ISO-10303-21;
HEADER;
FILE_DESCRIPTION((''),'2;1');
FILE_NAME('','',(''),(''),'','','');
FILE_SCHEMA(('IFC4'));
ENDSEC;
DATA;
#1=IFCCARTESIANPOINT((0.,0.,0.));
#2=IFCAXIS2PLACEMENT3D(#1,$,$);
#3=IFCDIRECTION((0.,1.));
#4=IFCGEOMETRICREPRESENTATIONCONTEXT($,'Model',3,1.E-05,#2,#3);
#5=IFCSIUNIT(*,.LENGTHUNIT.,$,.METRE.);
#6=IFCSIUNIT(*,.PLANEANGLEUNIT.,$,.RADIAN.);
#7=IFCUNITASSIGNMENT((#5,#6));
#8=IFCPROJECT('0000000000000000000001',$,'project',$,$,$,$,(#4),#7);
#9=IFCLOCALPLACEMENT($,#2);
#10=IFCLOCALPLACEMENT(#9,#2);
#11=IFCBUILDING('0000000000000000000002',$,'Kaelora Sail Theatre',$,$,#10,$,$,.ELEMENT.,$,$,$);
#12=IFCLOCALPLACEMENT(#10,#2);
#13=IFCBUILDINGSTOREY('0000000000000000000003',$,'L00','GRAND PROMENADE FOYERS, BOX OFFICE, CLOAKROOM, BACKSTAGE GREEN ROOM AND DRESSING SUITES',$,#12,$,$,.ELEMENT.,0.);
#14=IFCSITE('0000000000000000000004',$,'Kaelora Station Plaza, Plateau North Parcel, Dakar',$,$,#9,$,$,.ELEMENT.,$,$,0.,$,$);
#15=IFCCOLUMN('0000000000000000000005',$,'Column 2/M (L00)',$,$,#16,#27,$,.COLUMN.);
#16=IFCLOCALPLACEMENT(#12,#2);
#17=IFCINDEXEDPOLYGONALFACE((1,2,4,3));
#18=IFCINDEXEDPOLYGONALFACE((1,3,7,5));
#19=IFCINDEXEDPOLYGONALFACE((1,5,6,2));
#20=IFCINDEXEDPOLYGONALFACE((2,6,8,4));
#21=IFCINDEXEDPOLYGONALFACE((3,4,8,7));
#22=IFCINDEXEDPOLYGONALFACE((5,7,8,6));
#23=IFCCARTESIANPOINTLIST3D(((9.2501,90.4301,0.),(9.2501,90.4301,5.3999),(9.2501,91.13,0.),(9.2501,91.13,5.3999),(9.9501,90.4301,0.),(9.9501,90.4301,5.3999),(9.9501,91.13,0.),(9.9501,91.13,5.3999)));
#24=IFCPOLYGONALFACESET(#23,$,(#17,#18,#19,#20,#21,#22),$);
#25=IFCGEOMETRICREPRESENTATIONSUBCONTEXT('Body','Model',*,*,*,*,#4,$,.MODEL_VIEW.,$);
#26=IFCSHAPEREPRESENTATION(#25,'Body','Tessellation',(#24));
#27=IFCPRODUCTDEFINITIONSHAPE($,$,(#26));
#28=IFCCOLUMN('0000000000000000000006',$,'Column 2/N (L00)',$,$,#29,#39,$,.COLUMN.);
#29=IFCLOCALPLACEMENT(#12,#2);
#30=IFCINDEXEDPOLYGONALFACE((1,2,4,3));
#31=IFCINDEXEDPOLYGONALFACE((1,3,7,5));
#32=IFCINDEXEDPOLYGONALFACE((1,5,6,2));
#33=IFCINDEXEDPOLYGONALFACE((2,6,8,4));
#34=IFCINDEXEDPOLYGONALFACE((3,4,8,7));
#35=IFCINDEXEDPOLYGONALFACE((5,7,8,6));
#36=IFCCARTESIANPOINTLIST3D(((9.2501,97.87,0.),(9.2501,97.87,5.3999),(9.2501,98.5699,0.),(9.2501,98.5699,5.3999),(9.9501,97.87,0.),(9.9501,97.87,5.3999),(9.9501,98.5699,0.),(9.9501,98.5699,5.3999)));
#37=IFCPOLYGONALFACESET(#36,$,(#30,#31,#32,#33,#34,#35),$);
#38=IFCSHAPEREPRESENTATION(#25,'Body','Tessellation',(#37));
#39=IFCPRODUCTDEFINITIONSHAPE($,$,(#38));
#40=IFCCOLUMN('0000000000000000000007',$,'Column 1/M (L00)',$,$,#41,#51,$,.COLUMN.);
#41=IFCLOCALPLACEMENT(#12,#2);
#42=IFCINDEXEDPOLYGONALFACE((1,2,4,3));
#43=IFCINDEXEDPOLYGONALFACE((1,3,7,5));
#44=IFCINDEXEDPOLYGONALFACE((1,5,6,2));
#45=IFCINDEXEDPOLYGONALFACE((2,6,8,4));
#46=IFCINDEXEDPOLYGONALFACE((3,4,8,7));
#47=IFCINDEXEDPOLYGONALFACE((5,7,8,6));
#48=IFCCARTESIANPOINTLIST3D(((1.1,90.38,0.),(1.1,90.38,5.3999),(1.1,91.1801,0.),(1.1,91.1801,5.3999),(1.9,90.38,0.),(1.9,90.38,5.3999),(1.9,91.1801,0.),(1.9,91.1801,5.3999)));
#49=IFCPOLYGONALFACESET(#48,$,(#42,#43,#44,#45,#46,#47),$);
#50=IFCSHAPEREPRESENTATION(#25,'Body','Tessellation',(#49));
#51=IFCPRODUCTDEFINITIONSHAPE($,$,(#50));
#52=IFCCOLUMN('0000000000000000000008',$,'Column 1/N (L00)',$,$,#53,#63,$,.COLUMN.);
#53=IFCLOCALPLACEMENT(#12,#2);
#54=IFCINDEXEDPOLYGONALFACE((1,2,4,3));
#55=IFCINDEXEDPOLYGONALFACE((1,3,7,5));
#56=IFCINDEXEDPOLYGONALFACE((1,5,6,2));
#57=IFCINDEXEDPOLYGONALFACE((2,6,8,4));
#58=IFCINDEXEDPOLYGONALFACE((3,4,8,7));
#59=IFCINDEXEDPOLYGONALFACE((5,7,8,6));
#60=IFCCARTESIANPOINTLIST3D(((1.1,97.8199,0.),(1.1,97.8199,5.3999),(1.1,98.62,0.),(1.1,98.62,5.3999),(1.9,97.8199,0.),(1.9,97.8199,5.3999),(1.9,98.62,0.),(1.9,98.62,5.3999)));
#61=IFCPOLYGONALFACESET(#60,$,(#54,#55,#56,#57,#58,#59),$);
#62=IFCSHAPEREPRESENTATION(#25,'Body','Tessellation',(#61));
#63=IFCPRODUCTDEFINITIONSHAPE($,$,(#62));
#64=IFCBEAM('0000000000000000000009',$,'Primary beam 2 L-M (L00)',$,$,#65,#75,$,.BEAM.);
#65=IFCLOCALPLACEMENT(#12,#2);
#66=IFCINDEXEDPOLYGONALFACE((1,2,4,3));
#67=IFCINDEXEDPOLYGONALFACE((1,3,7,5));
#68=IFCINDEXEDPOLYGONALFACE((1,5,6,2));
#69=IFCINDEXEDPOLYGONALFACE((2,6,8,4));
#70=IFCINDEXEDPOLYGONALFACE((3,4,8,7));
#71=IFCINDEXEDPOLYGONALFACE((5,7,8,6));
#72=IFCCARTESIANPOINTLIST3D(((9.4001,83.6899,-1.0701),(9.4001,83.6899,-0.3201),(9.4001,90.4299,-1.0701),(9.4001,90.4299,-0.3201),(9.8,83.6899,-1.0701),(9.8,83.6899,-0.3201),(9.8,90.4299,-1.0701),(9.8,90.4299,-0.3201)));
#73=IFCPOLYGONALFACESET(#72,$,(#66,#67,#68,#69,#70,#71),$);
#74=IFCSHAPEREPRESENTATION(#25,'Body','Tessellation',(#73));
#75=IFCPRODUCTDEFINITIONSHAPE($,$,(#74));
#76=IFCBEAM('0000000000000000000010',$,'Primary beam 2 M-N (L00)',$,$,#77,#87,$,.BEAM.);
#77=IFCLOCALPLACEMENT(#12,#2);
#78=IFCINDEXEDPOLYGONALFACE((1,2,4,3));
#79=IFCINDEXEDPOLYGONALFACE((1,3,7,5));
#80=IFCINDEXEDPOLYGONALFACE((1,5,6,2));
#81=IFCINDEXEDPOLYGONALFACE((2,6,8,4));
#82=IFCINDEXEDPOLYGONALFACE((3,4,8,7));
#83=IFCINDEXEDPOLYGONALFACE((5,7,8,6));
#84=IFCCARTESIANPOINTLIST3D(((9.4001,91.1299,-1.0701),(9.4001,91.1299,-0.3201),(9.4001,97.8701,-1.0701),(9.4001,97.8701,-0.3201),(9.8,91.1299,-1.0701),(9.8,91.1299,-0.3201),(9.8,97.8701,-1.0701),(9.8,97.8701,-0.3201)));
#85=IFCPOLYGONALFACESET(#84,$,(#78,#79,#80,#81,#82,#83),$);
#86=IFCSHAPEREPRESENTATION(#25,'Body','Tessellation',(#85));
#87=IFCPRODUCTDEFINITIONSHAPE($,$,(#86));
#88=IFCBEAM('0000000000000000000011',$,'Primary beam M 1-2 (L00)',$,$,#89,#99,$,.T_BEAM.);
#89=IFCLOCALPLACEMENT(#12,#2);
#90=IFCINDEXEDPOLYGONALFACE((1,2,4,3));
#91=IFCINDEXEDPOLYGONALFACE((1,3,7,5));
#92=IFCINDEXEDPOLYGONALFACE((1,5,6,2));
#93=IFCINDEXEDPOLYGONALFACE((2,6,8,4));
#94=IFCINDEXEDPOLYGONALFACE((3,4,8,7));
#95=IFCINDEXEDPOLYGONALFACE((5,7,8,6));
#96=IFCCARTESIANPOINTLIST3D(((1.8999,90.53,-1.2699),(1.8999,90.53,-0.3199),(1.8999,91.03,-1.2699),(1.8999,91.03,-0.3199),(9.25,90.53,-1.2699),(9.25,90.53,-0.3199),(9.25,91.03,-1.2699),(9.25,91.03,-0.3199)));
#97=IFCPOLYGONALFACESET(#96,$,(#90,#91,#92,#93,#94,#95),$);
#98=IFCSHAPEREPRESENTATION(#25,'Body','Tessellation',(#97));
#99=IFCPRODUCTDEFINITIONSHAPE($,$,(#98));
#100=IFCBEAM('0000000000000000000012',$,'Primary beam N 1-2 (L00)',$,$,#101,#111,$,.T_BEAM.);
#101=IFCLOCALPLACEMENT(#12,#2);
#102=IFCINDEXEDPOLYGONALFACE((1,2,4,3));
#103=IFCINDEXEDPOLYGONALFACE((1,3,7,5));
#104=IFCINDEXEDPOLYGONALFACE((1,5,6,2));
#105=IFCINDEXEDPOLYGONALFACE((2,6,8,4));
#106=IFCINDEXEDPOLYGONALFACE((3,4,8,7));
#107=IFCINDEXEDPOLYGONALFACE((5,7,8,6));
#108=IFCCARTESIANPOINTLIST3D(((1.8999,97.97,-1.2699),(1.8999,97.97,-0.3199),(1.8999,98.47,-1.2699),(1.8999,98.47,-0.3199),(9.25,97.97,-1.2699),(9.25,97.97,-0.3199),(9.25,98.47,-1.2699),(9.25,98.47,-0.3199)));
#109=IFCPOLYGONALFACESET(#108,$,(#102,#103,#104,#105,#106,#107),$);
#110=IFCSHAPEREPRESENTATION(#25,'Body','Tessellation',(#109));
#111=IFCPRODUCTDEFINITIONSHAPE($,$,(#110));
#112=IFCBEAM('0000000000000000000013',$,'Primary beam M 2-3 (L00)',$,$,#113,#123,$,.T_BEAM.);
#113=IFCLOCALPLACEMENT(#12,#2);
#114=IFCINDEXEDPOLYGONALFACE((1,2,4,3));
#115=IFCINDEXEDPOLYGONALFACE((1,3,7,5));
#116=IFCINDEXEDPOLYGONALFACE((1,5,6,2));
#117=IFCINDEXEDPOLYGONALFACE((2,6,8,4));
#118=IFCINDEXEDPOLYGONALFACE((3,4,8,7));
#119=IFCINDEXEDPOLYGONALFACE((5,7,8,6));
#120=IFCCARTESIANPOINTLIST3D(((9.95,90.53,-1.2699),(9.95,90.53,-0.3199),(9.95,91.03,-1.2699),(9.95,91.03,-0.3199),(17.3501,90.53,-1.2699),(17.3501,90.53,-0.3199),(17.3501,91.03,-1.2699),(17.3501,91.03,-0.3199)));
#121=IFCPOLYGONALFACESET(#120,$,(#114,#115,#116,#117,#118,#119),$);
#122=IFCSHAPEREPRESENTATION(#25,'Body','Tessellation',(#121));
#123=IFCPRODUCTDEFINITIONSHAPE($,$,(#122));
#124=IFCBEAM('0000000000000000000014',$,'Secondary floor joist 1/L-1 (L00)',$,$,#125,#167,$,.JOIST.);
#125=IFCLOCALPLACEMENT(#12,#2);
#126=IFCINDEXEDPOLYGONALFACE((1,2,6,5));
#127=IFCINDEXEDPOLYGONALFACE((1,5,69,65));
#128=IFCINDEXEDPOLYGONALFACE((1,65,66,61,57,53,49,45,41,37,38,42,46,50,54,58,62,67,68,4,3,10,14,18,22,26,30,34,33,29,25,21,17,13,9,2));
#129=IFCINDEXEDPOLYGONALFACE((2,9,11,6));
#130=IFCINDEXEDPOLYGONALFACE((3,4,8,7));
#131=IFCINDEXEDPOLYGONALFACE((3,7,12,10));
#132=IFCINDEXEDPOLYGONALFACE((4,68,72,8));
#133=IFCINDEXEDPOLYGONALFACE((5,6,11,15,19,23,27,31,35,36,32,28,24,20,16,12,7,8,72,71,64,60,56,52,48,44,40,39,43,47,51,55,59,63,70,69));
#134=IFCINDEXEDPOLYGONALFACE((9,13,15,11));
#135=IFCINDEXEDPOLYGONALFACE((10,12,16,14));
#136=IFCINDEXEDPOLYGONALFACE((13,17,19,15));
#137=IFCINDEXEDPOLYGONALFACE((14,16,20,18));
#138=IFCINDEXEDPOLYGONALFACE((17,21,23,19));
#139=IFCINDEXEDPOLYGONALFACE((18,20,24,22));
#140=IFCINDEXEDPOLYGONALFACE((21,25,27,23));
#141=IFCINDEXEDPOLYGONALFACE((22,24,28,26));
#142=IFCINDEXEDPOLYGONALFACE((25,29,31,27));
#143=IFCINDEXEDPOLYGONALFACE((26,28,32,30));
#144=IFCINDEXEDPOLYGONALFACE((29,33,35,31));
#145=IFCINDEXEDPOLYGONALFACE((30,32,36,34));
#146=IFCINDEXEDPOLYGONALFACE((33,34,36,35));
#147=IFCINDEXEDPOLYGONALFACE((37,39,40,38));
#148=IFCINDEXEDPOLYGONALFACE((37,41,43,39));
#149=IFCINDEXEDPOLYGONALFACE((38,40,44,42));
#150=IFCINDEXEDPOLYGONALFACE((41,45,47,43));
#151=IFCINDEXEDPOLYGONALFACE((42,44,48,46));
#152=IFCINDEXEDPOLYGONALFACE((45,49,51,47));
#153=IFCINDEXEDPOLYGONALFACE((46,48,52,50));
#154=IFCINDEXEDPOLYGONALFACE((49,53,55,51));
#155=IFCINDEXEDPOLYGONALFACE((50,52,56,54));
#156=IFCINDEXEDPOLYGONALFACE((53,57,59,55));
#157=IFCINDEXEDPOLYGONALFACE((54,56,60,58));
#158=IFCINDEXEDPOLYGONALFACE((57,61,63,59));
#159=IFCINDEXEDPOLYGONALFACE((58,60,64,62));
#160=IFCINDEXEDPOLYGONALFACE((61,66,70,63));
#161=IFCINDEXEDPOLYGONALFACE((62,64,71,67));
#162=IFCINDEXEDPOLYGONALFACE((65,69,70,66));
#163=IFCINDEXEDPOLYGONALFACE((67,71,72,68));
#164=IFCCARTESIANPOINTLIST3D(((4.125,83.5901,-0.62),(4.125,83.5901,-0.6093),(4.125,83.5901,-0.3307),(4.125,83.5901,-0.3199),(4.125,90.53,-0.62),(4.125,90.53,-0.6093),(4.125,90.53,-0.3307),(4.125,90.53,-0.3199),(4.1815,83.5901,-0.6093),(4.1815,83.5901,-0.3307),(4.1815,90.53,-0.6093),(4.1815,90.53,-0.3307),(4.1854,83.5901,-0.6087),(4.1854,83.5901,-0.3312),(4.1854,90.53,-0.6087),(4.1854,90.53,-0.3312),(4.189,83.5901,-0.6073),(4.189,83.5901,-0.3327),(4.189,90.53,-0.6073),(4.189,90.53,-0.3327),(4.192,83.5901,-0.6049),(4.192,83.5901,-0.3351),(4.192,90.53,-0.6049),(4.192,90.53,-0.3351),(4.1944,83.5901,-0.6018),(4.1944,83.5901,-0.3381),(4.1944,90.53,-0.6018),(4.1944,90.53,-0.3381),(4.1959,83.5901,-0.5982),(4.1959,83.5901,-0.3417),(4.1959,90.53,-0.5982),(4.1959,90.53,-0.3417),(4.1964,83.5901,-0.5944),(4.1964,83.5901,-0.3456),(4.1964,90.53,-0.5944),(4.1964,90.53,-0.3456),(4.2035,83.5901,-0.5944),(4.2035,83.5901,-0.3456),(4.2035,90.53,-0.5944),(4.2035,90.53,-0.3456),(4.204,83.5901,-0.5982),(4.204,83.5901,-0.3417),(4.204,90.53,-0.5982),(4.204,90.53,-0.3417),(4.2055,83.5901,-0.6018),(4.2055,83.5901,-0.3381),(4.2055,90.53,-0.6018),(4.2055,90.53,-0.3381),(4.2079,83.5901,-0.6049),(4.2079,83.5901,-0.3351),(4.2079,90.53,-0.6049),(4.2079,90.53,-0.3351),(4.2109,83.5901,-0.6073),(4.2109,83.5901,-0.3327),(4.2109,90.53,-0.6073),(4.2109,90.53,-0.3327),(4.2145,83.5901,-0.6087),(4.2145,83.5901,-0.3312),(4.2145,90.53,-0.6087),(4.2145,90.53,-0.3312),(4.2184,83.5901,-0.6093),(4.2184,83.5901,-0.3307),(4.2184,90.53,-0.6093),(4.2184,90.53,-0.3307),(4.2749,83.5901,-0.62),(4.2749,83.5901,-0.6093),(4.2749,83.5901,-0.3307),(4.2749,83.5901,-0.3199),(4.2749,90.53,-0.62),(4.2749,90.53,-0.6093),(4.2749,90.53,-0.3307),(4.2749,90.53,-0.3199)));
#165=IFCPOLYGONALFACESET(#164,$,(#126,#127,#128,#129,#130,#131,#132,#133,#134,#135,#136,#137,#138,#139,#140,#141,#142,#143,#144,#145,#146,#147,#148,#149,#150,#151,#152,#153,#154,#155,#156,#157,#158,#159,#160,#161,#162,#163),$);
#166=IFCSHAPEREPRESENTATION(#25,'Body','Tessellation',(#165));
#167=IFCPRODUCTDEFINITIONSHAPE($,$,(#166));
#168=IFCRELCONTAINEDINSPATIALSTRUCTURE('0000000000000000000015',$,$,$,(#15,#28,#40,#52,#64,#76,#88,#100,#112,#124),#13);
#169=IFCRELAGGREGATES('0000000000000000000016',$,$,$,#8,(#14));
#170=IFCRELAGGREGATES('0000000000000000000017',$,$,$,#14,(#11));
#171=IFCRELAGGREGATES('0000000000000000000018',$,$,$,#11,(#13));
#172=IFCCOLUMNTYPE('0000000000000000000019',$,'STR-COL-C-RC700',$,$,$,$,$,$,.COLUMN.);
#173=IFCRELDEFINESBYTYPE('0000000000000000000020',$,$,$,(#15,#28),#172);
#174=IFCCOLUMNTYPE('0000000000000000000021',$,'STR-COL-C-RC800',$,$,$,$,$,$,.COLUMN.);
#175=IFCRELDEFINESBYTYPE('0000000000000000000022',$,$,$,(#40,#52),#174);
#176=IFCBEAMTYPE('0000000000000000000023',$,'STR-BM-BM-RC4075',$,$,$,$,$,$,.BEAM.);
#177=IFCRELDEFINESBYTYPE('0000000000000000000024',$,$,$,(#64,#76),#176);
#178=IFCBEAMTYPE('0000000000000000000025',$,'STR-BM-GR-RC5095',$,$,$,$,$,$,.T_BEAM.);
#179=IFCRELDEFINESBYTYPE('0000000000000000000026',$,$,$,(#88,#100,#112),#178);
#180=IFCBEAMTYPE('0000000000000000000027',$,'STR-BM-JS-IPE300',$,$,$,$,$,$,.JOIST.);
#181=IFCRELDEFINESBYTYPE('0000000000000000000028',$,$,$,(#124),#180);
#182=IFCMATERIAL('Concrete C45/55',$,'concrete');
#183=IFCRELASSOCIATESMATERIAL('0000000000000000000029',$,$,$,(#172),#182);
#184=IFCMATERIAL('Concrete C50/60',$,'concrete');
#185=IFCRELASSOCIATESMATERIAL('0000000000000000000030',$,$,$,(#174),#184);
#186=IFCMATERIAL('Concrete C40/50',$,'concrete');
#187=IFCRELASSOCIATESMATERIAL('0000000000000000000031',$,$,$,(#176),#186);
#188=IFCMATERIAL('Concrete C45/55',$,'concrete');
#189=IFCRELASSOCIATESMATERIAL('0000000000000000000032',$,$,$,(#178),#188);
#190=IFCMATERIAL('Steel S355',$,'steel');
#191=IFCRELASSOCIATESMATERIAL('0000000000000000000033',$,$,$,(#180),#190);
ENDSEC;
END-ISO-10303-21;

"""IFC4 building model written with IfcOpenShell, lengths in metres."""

from ifc_helpers import new_model, si_unit, direction, frame, origin, origin_2d, place, context, subcontext, project, spatial, rectangle, i_section, extrude, material, material_profile, profile_set, type_object, element, save


model = new_model("IFC4")

# Units and contexts
model_context = context("Model", 3, precision=1e-05, world=origin(), true_north=direction((0.0, 1.0)))
body_context = subcontext(model_context, "Body", "Model", "MODEL_VIEW")
ifc_project = project(units=[si_unit("LENGTHUNIT", "METRE"), si_unit("PLANEANGLEUNIT", "RADIAN")], contexts=[model_context])

# Site, building, storey
site_placement = place(None, origin())
site = spatial("IfcSite", under=ifc_project, at=site_placement, Name="Kaelora Station Plaza, Plateau North Parcel, Dakar", CompositionType="ELEMENT", RefElevation=0.0)
building_placement = place(site_placement, origin())
building = spatial("IfcBuilding", under=site, at=building_placement, Name="Kaelora Sail Theatre", CompositionType="ELEMENT")
storey_placement = place(building_placement, origin())
storey = spatial("IfcBuildingStorey", under=building, at=storey_placement, Name="L00", Description="GRAND PROMENADE FOYERS, BOX OFFICE, CLOAKROOM, BACKSTAGE GREEN ROOM AND DRESSING SUITES", CompositionType="ELEMENT", Elevation=0.0)

# Columns
ifc_material_1 = material(Name="Concrete C45/55", Category="concrete")
ifc_material_profile_1 = material_profile(ifc_material_1, rectangle(XDim=0.7, YDim=0.7, at=origin_2d()), Name="RC-COL 700x700")
ifc_profile_set_1 = profile_set([ifc_material_profile_1], Name="Concrete C45/55")
column_type_1 = type_object("IfcColumnType", Name="STR-COL-C-RC700", PredefinedType="COLUMN", material=ifc_profile_set_1)
for number, where, z_axis, x_axis, name in (
    (1, (9.6001, 90.78, 0.0), (0.0, 0.0, 1.0), (1.0, 0.0, 0.0), "Column 2/M (L00)"),
    (2, (9.6001, 98.22, 0.0), (0.0, 0.0, 1.0), (1.0, 0.0, 0.0), "Column 2/N (L00)"),
):
    element("IfcColumn", number, at=place(storey_placement, frame(where, z_axis=z_axis, x_axis=x_axis)), inside=storey, type_object=column_type_1, Name=name, PredefinedType="COLUMN", context=body_context, shape_type="SweptSolid", body=[
        extrude(rectangle(XDim=0.7, YDim=0.7, at=origin_2d()), origin(), (0.0, 0.0, 1.0), 5.3999),
    ])
ifc_material_2 = material(Name="Concrete C50/60", Category="concrete")
ifc_material_profile_2 = material_profile(ifc_material_2, rectangle(XDim=0.8, YDim=0.8, at=origin_2d()), Name="RC-COL 800x800")
ifc_profile_set_2 = profile_set([ifc_material_profile_2], Name="Concrete C50/60")
column_type_2 = type_object("IfcColumnType", Name="STR-COL-C-RC800", PredefinedType="COLUMN", material=ifc_profile_set_2)
for number, where, z_axis, x_axis, name in (
    (3, (1.5, 90.78, 0.0), (0.0, 0.0, 1.0), (1.0, 0.0, 0.0), "Column 1/M (L00)"),
    (4, (1.5, 98.22, 0.0), (0.0, 0.0, 1.0), (1.0, 0.0, 0.0), "Column 1/N (L00)"),
):
    element("IfcColumn", number, at=place(storey_placement, frame(where, z_axis=z_axis, x_axis=x_axis)), inside=storey, type_object=column_type_2, Name=name, PredefinedType="COLUMN", context=body_context, shape_type="SweptSolid", body=[
        extrude(rectangle(XDim=0.8, YDim=0.8, at=origin_2d()), origin(), (0.0, 0.0, 1.0), 5.3999),
    ])

# Beams
ifc_material_3 = material(Name="Concrete C40/50", Category="concrete")
ifc_material_profile_3 = material_profile(ifc_material_3, rectangle(XDim=0.3999, YDim=0.75, at=origin_2d()), Name="RC-BM 400x750")
ifc_profile_set_3 = profile_set([ifc_material_profile_3], Name="Concrete C40/50")
beam_type_1 = type_object("IfcBeamType", Name="STR-BM-BM-RC4075", PredefinedType="BEAM", material=ifc_profile_set_3)
beam_1_placement = place(storey_placement, frame((9.6001, 83.6899, -0.6951), z_axis=(0.0, 1.0, 0.0), x_axis=(-1.0, 0.0, 0.0)))
element("IfcBeam", 5, at=beam_1_placement, inside=storey, type_object=beam_type_1, Name="Primary beam 2 L-M (L00)", PredefinedType="BEAM", context=body_context, shape_type="SweptSolid", body=[
    extrude(rectangle(XDim=0.3999, YDim=0.75, at=origin_2d()), origin(), (0.0, 0.0, 1.0), 6.74),
])
beam_2_placement = place(storey_placement, frame((9.6001, 91.1299, -0.6951), z_axis=(0.0, 1.0, 0.0), x_axis=(-1.0, 0.0, 0.0)))
element("IfcBeam", 6, at=beam_2_placement, inside=storey, type_object=beam_type_1, Name="Primary beam 2 M-N (L00)", PredefinedType="BEAM", context=body_context, shape_type="SweptSolid", body=[
    extrude(rectangle(XDim=0.3999, YDim=0.75, at=origin_2d()), origin(), (0.0, 0.0, 1.0), 6.7402),
])
ifc_material_4 = material(Name="Concrete C45/55", Category="concrete")
ifc_material_profile_4 = material_profile(ifc_material_4, rectangle(XDim=0.5, YDim=0.95, at=origin_2d()), Name="RC-GRD 500x950")
ifc_profile_set_4 = profile_set([ifc_material_profile_4], Name="Concrete C45/55")
beam_type_2 = type_object("IfcBeamType", Name="STR-BM-GR-RC5095", PredefinedType="T_BEAM", material=ifc_profile_set_4)
for number, where, z_axis, x_axis, name in (
    (7, (1.8999, 90.78, -0.7949), (1.0, 0.0, 0.0), (0.0, 1.0, 0.0), "Primary beam M 1-2 (L00)"),
    (8, (1.8999, 98.22, -0.7949), (1.0, 0.0, 0.0), (0.0, 1.0, 0.0), "Primary beam N 1-2 (L00)"),
):
    element("IfcBeam", number, at=place(storey_placement, frame(where, z_axis=z_axis, x_axis=x_axis)), inside=storey, type_object=beam_type_2, Name=name, PredefinedType="T_BEAM", context=body_context, shape_type="SweptSolid", body=[
        extrude(rectangle(XDim=0.5, YDim=0.95, at=origin_2d()), origin(), (0.0, 0.0, 1.0), 7.3501),
    ])
beam_3_placement = place(storey_placement, frame((9.95, 90.78, -0.7949), z_axis=(1.0, 0.0, 0.0), x_axis=(0.0, 1.0, 0.0)))
element("IfcBeam", 9, at=beam_3_placement, inside=storey, type_object=beam_type_2, Name="Primary beam M 2-3 (L00)", PredefinedType="T_BEAM", context=body_context, shape_type="SweptSolid", body=[
    extrude(rectangle(XDim=0.5, YDim=0.95, at=origin_2d()), origin(), (0.0, 0.0, 1.0), 7.4001),
])
ifc_material_5 = material(Name="Steel S355", Category="steel")
ifc_material_profile_5 = material_profile(ifc_material_5, i_section(OverallWidth=0.1499, OverallDepth=0.3, WebThickness=0.0071, FlangeThickness=0.0107, FilletRadius=0.0149, at=origin_2d()), Name="IPE 300")
ifc_profile_set_5 = profile_set([ifc_material_profile_5], Name="Steel S355")
beam_type_3 = type_object("IfcBeamType", Name="STR-BM-JS-IPE300", PredefinedType="JOIST", material=ifc_profile_set_5)
beam_4_placement = place(storey_placement, frame((4.2, 83.5901, -0.47), z_axis=(0.0, 1.0, 0.0), x_axis=(-1.0, 0.0, 0.0)))
element("IfcBeam", 10, at=beam_4_placement, inside=storey, type_object=beam_type_3, Name="Secondary floor joist 1/L-1 (L00)", PredefinedType="JOIST", context=body_context, shape_type="SweptSolid", body=[
    extrude(i_section(OverallWidth=0.1499, OverallDepth=0.3, WebThickness=0.0071, FlangeThickness=0.0107, FilletRadius=0.0149, at=origin_2d()), origin(), (0.0, 0.0, 1.0), 6.9399),
])

save(model, "model.ifc")
